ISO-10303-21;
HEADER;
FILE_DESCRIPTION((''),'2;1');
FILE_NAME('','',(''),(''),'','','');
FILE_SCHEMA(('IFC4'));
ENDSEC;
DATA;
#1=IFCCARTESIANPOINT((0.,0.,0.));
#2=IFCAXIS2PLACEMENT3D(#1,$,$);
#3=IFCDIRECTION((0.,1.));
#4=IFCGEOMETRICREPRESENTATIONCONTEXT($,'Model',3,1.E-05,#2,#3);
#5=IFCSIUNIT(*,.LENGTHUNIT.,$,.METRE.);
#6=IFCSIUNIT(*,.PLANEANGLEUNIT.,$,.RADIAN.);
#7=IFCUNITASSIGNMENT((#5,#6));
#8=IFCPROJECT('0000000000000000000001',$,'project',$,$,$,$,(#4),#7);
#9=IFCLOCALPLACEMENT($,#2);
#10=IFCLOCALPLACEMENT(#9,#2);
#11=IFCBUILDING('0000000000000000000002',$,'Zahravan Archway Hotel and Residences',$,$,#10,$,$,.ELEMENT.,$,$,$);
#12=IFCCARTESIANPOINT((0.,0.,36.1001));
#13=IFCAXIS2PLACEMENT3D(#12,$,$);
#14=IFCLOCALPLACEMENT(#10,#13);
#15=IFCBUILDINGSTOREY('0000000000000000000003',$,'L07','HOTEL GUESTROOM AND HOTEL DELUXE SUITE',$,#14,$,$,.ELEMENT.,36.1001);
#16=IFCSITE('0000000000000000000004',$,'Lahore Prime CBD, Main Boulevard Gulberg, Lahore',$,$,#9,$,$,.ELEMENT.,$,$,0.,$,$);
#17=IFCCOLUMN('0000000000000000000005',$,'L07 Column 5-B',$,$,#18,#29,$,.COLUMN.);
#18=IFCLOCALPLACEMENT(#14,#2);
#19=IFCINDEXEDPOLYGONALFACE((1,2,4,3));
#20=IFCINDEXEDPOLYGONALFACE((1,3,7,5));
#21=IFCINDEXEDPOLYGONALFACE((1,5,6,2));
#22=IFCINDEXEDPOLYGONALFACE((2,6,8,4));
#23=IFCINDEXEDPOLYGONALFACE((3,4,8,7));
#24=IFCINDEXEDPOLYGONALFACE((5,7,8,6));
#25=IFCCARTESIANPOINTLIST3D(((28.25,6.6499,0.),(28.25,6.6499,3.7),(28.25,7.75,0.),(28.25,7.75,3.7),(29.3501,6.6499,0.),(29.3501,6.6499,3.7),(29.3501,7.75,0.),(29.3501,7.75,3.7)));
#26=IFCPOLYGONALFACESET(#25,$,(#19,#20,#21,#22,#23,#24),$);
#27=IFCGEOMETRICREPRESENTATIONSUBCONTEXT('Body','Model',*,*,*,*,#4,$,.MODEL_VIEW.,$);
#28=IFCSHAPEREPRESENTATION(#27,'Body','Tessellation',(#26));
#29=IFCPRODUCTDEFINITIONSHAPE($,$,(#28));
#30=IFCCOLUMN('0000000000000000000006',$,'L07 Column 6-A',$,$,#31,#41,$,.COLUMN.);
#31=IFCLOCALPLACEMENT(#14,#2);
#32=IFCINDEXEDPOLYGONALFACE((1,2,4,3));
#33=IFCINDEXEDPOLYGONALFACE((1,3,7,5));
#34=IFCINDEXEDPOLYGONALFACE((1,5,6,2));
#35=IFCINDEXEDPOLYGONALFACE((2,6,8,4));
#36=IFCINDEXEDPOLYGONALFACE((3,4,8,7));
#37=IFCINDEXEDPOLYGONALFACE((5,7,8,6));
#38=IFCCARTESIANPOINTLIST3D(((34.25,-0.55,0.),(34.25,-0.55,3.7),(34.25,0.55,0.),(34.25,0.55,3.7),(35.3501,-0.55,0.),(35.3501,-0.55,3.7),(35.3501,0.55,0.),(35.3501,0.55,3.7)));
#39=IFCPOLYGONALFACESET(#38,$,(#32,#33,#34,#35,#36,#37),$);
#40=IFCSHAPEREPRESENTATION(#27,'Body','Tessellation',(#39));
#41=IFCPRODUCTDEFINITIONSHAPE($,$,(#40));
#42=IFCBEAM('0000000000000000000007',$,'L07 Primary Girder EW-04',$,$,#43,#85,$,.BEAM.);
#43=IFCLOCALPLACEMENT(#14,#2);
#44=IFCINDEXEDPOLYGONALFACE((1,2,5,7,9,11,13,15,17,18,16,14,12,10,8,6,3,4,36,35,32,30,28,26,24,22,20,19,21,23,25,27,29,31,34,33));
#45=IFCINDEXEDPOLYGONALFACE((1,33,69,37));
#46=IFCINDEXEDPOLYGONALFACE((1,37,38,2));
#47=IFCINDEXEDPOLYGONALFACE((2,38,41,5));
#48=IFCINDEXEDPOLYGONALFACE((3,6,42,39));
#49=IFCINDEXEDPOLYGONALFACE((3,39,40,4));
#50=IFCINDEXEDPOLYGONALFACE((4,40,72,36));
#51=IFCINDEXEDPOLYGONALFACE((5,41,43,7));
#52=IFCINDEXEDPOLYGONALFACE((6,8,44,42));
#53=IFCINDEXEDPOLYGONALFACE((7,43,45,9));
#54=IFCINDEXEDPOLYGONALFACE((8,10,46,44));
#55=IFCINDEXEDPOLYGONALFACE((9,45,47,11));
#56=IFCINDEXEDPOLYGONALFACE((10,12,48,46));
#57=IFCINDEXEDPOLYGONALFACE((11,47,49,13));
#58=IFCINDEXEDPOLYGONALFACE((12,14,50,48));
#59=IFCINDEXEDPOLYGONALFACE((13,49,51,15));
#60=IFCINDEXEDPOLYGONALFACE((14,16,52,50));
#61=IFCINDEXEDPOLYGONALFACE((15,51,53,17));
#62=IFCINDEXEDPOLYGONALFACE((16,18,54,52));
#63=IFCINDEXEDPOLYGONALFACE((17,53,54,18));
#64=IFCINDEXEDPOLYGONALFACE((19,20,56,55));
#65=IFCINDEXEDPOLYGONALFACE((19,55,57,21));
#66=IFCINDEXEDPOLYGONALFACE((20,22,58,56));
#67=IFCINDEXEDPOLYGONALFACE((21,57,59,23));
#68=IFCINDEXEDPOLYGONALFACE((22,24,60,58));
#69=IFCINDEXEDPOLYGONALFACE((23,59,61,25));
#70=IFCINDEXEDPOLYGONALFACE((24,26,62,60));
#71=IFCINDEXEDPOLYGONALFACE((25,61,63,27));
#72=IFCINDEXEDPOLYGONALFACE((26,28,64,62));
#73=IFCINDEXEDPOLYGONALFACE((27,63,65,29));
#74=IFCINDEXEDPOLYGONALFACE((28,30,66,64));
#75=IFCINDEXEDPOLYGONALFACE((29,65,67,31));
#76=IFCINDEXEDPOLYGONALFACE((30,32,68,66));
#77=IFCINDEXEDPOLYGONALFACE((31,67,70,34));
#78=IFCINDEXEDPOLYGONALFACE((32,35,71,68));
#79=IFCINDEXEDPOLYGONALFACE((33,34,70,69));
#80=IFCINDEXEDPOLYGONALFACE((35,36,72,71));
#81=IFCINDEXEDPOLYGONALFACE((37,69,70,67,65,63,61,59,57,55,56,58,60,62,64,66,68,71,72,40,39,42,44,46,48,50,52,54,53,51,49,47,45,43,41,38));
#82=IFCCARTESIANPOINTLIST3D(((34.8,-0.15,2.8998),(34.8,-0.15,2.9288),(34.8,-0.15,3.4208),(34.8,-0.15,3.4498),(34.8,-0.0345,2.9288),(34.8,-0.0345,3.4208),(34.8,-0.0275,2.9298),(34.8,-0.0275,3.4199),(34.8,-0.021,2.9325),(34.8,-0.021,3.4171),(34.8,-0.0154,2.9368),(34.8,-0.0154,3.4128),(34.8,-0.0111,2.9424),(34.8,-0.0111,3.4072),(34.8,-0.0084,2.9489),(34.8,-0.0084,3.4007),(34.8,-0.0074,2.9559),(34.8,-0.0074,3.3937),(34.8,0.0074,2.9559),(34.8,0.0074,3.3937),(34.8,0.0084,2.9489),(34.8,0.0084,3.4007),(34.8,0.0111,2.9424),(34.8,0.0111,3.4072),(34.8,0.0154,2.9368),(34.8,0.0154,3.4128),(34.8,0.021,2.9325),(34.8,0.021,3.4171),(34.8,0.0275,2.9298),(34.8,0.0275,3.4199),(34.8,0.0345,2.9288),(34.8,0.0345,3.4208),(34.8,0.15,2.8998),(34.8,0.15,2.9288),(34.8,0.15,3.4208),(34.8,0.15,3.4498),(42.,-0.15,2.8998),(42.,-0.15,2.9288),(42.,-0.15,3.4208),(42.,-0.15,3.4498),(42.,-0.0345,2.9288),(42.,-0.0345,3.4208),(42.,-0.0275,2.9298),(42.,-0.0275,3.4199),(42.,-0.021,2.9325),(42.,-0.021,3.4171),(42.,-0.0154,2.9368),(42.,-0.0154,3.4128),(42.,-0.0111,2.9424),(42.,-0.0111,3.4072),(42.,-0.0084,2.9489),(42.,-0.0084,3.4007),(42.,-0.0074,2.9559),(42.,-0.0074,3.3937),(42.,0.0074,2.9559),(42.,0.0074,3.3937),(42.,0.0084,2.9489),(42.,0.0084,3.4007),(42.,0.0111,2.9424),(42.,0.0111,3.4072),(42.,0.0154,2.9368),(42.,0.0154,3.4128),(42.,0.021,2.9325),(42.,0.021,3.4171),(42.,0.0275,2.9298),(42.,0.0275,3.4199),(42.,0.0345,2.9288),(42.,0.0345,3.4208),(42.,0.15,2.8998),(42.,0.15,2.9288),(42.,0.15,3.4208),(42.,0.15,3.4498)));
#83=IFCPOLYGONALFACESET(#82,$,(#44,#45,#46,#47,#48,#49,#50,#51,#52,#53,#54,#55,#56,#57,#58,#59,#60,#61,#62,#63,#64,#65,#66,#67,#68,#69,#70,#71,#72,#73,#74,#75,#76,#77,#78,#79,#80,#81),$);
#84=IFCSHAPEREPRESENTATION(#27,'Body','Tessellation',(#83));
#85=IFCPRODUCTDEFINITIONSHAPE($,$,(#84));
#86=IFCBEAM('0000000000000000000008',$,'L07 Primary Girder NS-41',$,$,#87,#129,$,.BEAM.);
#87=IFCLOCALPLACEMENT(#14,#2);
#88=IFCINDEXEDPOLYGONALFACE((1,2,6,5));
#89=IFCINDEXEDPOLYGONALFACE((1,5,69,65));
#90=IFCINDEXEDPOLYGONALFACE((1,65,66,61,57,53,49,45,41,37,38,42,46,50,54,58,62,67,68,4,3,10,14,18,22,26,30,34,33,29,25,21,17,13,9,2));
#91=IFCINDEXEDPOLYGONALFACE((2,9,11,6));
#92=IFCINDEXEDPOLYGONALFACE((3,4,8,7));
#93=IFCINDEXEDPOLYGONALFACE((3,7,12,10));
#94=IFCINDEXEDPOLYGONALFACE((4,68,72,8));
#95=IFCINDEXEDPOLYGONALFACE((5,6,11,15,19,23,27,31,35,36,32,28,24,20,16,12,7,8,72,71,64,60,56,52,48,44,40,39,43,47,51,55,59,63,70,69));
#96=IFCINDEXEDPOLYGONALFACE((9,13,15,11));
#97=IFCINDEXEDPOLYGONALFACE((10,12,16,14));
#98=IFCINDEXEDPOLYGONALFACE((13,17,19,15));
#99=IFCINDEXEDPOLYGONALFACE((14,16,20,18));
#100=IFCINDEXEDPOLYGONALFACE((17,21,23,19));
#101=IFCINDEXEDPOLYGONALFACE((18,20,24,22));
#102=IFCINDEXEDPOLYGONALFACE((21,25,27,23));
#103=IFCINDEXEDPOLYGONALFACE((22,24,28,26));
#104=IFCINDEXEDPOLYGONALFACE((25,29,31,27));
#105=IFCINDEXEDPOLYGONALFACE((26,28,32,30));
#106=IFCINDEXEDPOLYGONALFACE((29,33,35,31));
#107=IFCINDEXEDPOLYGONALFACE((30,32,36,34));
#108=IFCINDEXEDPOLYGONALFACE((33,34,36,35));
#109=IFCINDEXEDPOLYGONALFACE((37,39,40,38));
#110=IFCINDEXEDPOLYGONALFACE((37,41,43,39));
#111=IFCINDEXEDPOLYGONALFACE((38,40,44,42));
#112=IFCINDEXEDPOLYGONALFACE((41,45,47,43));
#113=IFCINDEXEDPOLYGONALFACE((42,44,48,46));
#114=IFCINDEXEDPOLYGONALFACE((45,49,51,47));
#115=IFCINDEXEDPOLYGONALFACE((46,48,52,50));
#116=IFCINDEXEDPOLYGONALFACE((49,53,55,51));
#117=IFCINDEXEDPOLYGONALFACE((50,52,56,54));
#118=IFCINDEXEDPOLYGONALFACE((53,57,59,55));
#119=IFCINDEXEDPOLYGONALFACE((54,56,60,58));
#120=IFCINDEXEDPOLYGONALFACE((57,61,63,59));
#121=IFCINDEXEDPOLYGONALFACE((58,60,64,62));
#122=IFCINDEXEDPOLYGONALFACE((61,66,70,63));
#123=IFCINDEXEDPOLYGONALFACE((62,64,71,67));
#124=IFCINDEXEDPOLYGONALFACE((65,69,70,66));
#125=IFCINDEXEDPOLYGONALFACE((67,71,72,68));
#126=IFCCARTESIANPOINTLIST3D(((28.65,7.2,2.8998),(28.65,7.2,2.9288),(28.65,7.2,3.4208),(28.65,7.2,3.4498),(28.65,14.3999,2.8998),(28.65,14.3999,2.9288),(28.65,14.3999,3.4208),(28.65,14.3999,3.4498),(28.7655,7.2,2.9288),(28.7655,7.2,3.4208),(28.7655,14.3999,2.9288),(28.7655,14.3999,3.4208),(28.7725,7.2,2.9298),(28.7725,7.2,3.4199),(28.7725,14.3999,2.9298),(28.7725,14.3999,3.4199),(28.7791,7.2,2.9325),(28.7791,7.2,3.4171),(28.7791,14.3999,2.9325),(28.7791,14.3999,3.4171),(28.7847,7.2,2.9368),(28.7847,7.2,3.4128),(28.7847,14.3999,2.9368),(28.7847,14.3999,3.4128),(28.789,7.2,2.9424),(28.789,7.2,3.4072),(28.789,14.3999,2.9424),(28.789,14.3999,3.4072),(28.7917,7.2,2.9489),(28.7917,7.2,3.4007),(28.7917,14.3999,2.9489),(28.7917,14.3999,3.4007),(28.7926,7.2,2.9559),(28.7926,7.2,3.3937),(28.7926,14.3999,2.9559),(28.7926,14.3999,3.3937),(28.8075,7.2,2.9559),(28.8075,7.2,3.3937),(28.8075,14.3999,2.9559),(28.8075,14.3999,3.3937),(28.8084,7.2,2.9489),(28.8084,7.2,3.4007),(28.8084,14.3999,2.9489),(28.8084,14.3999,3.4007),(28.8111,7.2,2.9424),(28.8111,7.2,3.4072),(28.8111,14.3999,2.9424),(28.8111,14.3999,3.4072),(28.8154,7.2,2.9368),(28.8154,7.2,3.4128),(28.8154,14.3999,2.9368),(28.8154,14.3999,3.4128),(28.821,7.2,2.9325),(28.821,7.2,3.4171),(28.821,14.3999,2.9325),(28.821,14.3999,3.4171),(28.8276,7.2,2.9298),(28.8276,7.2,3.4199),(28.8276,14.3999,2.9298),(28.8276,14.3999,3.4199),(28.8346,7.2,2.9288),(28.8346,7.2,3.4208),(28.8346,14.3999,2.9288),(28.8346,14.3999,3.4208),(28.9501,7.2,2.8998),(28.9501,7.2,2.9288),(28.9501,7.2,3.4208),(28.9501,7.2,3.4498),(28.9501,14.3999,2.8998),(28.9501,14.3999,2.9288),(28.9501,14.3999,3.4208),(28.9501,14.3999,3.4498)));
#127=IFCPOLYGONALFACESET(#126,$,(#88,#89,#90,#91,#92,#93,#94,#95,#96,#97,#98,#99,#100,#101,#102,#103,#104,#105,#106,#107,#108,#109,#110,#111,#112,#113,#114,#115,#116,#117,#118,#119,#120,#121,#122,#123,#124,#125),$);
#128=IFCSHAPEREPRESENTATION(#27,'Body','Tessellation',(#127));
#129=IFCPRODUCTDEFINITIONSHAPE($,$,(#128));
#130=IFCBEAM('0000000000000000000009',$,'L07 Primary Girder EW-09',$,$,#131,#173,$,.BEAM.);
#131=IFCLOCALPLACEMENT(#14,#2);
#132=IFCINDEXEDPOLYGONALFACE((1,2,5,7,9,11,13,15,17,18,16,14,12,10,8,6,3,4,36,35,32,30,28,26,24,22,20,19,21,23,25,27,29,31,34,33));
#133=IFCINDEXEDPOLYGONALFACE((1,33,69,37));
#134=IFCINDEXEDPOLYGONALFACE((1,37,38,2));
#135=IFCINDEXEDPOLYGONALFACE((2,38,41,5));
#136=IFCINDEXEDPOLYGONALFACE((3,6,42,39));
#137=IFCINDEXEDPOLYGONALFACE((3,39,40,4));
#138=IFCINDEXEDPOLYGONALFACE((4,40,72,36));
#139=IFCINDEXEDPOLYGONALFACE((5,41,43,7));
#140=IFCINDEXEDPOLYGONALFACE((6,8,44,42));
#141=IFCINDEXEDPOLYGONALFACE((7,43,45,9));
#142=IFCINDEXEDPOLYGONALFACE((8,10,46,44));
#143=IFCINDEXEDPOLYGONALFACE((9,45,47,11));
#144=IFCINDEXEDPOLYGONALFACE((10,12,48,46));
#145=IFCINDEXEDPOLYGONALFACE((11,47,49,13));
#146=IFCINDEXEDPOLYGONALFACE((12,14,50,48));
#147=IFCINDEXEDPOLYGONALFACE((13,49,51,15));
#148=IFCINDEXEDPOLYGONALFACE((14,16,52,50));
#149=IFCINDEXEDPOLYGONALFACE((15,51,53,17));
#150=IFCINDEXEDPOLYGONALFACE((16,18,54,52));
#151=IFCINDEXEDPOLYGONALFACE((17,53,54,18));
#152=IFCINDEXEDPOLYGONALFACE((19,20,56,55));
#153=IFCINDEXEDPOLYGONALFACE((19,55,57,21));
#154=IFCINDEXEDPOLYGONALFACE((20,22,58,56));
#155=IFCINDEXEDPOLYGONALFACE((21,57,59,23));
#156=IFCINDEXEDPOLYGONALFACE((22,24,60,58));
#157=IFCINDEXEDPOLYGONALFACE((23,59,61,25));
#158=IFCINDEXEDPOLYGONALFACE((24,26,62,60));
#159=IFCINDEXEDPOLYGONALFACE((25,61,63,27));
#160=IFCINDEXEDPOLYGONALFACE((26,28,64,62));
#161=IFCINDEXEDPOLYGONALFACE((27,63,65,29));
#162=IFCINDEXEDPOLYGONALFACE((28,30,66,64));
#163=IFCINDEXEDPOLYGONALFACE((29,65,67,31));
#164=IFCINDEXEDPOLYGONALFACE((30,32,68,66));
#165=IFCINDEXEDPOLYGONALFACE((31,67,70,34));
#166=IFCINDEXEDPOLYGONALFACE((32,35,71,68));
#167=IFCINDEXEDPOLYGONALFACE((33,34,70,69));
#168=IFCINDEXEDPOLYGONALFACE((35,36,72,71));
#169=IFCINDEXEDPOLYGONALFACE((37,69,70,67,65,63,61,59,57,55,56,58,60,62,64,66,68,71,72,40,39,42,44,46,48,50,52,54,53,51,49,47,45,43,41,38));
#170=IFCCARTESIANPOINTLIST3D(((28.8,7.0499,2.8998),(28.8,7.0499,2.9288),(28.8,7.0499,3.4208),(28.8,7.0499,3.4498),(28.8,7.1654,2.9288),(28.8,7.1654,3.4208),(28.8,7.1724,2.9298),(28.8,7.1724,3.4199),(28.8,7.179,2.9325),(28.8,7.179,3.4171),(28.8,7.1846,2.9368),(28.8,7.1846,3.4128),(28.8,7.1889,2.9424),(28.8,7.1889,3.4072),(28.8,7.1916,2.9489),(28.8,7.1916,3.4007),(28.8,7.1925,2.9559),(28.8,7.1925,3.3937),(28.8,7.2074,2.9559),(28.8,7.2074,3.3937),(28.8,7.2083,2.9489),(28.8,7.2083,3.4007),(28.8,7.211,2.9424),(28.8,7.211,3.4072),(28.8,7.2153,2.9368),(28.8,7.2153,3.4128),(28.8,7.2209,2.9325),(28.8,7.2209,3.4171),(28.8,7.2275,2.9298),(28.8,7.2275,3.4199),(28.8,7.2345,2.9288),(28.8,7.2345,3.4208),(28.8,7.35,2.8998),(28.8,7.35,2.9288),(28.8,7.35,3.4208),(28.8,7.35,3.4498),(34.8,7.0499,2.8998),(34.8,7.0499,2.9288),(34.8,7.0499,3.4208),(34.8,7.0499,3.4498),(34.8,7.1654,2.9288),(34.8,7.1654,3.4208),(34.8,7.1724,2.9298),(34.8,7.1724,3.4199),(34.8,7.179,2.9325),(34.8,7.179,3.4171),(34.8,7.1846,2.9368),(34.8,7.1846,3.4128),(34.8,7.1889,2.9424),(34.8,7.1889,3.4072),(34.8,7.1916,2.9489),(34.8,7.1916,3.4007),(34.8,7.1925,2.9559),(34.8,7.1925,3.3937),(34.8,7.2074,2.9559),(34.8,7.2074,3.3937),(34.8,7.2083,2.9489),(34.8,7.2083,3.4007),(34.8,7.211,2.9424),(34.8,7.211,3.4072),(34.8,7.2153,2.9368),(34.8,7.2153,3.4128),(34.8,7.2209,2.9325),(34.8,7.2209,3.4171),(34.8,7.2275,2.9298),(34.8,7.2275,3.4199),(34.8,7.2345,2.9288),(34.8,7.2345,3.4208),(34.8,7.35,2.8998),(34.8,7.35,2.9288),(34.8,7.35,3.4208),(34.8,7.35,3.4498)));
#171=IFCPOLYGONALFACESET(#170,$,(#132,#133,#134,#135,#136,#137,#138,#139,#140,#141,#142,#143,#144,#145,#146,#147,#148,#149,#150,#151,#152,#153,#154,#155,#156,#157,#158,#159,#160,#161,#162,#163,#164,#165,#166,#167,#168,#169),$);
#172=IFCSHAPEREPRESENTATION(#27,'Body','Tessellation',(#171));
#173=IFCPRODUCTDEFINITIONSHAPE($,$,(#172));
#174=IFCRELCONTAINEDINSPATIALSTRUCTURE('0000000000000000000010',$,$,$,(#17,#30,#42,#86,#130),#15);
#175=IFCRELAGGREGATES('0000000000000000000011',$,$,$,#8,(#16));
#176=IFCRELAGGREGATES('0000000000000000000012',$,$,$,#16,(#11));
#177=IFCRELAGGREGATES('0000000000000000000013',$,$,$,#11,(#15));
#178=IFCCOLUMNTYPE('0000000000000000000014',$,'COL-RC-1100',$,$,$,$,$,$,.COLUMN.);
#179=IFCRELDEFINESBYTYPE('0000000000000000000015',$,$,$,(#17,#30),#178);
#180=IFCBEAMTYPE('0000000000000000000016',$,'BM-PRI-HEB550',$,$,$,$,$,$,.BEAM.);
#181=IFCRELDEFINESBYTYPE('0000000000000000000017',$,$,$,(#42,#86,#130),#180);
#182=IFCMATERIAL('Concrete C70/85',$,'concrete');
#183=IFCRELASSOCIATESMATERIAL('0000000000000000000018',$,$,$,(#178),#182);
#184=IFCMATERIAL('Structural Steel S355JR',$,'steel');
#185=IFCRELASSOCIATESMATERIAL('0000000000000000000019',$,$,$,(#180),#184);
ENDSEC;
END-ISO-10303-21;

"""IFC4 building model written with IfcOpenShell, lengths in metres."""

from ifc_helpers import new_model, si_unit, direction, frame, origin, origin_2d, place, context, subcontext, project, spatial, rectangle, i_section, extrude, source, transform, mapped, material, material_profile, profile_set, type_object, element, save


model = new_model("IFC4")

# Units and contexts
model_context = context("Model", 3, precision=1e-05, world=origin(), true_north=direction((0.0, 1.0)))
body_context = subcontext(model_context, "Body", "Model", "MODEL_VIEW")
ifc_project = project(units=[si_unit("LENGTHUNIT", "METRE"), si_unit("PLANEANGLEUNIT", "RADIAN")], contexts=[model_context])

# Site, building, storey
site_placement = place(None, origin())
site = spatial("IfcSite", under=ifc_project, at=site_placement, Name="Lahore Prime CBD, Main Boulevard Gulberg, Lahore", CompositionType="ELEMENT", RefElevation=0.0)
building_placement = place(site_placement, origin())
building = spatial("IfcBuilding", under=site, at=building_placement, Name="Zahravan Archway Hotel and Residences", CompositionType="ELEMENT")
storey_placement = place(building_placement, frame((0.0, 0.0, 36.1001)))
storey = spatial("IfcBuildingStorey", under=building, at=storey_placement, Name="L07", Description="HOTEL GUESTROOM AND HOTEL DELUXE SUITE", CompositionType="ELEMENT", Elevation=36.1001)

# Columns
ifc_material_1 = material(Name="Concrete C70/85", Category="concrete")
ifc_material_profile_1 = material_profile(ifc_material_1, rectangle(XDim=1.1001, YDim=1.1001, at=origin_2d()), Name="RC 1100x1100", Category="concrete")
ifc_profile_set_1 = profile_set([ifc_material_profile_1], Name="Concrete C70/85")
column_type = type_object("IfcColumnType", Name="COL-RC-1100", PredefinedType="COLUMN", material=ifc_profile_set_1)
shared_shape_1 = source(origin(), body_context, "Body", "SweptSolid", [
    extrude(rectangle(XDim=1.1001, YDim=1.1001, at=origin_2d()), origin(), (0.0, 0.0, 1.0), 3.7),
])
for number, where, z_axis, x_axis, name in (
    (1, (28.8, 7.2, 0.0), (0.0, 0.0, 1.0), (1.0, 0.0, 0.0), "L07 Column 5-B"),
    (2, (34.8, 0.0, 0.0), (0.0, 0.0, 1.0), (1.0, 0.0, 0.0), "L07 Column 6-A"),
):
    element("IfcColumn", number, at=place(storey_placement, frame(where, z_axis=z_axis, x_axis=x_axis)), inside=storey, type_object=column_type, Name=name, PredefinedType="COLUMN", context=body_context, shape_type="MappedRepresentation", body=[
        mapped(shared_shape_1, transform((0.0, 0.0, 0.0), scale=1.0)),
    ])

# Beams
ifc_material_2 = material(Name="Structural Steel S355JR", Category="steel")
ifc_material_profile_2 = material_profile(ifc_material_2, i_section(OverallWidth=0.3, OverallDepth=0.55, WebThickness=0.0149, FlangeThickness=0.0291, FilletRadius=0.0271, at=origin_2d()), Name="HEB 550", Category="steel")
ifc_profile_set_2 = profile_set([ifc_material_profile_2], Name="Structural Steel S355JR")
beam_type_1 = type_object("IfcBeamType", Name="BM-PRI-HEB550", PredefinedType="BEAM", material=ifc_profile_set_2)
shared_shape_2 = source(origin(), body_context, "Body", "SweptSolid", [
    extrude(i_section(OverallWidth=0.3, OverallDepth=0.55, WebThickness=0.0149, FlangeThickness=0.0291, FilletRadius=0.0271, at=origin_2d()), origin(), (0.0, 0.0, 1.0), 7.2),
])
for number, where, z_axis, x_axis, name in (
    (3, (34.8, 0.0, 3.1748), (1.0, 0.0, 0.0), (0.0, 1.0, 0.0), "L07 Primary Girder EW-04"),
    (4, (28.8, 7.2, 3.1748), (0.0, 1.0, 0.0), (-1.0, 0.0, 0.0), "L07 Primary Girder NS-41"),
):
    element("IfcBeam", number, at=place(storey_placement, frame(where, z_axis=z_axis, x_axis=x_axis)), inside=storey, type_object=beam_type_1, Name=name, PredefinedType="BEAM", context=body_context, shape_type="MappedRepresentation", body=[
        mapped(shared_shape_2, transform((0.0, 0.0, 0.0), scale=1.0)),
    ])
shared_shape_3 = source(origin(), body_context, "Body", "SweptSolid", [
    extrude(i_section(OverallWidth=0.3, OverallDepth=0.55, WebThickness=0.0149, FlangeThickness=0.0291, FilletRadius=0.0271, at=origin_2d()), origin(), (0.0, 0.0, 1.0), 6.0),
])
beam_1_placement = place(storey_placement, frame((28.8, 7.2, 3.1748), z_axis=(1.0, 0.0, 0.0), x_axis=(0.0, 1.0, 0.0)))
element("IfcBeam", 5, at=beam_1_placement, inside=storey, type_object=beam_type_1, Name="L07 Primary Girder EW-09", PredefinedType="BEAM", context=body_context, shape_type="MappedRepresentation", body=[
    mapped(shared_shape_3, transform((0.0, 0.0, 0.0), scale=1.0)),
])

save(model, "model.ifc")
